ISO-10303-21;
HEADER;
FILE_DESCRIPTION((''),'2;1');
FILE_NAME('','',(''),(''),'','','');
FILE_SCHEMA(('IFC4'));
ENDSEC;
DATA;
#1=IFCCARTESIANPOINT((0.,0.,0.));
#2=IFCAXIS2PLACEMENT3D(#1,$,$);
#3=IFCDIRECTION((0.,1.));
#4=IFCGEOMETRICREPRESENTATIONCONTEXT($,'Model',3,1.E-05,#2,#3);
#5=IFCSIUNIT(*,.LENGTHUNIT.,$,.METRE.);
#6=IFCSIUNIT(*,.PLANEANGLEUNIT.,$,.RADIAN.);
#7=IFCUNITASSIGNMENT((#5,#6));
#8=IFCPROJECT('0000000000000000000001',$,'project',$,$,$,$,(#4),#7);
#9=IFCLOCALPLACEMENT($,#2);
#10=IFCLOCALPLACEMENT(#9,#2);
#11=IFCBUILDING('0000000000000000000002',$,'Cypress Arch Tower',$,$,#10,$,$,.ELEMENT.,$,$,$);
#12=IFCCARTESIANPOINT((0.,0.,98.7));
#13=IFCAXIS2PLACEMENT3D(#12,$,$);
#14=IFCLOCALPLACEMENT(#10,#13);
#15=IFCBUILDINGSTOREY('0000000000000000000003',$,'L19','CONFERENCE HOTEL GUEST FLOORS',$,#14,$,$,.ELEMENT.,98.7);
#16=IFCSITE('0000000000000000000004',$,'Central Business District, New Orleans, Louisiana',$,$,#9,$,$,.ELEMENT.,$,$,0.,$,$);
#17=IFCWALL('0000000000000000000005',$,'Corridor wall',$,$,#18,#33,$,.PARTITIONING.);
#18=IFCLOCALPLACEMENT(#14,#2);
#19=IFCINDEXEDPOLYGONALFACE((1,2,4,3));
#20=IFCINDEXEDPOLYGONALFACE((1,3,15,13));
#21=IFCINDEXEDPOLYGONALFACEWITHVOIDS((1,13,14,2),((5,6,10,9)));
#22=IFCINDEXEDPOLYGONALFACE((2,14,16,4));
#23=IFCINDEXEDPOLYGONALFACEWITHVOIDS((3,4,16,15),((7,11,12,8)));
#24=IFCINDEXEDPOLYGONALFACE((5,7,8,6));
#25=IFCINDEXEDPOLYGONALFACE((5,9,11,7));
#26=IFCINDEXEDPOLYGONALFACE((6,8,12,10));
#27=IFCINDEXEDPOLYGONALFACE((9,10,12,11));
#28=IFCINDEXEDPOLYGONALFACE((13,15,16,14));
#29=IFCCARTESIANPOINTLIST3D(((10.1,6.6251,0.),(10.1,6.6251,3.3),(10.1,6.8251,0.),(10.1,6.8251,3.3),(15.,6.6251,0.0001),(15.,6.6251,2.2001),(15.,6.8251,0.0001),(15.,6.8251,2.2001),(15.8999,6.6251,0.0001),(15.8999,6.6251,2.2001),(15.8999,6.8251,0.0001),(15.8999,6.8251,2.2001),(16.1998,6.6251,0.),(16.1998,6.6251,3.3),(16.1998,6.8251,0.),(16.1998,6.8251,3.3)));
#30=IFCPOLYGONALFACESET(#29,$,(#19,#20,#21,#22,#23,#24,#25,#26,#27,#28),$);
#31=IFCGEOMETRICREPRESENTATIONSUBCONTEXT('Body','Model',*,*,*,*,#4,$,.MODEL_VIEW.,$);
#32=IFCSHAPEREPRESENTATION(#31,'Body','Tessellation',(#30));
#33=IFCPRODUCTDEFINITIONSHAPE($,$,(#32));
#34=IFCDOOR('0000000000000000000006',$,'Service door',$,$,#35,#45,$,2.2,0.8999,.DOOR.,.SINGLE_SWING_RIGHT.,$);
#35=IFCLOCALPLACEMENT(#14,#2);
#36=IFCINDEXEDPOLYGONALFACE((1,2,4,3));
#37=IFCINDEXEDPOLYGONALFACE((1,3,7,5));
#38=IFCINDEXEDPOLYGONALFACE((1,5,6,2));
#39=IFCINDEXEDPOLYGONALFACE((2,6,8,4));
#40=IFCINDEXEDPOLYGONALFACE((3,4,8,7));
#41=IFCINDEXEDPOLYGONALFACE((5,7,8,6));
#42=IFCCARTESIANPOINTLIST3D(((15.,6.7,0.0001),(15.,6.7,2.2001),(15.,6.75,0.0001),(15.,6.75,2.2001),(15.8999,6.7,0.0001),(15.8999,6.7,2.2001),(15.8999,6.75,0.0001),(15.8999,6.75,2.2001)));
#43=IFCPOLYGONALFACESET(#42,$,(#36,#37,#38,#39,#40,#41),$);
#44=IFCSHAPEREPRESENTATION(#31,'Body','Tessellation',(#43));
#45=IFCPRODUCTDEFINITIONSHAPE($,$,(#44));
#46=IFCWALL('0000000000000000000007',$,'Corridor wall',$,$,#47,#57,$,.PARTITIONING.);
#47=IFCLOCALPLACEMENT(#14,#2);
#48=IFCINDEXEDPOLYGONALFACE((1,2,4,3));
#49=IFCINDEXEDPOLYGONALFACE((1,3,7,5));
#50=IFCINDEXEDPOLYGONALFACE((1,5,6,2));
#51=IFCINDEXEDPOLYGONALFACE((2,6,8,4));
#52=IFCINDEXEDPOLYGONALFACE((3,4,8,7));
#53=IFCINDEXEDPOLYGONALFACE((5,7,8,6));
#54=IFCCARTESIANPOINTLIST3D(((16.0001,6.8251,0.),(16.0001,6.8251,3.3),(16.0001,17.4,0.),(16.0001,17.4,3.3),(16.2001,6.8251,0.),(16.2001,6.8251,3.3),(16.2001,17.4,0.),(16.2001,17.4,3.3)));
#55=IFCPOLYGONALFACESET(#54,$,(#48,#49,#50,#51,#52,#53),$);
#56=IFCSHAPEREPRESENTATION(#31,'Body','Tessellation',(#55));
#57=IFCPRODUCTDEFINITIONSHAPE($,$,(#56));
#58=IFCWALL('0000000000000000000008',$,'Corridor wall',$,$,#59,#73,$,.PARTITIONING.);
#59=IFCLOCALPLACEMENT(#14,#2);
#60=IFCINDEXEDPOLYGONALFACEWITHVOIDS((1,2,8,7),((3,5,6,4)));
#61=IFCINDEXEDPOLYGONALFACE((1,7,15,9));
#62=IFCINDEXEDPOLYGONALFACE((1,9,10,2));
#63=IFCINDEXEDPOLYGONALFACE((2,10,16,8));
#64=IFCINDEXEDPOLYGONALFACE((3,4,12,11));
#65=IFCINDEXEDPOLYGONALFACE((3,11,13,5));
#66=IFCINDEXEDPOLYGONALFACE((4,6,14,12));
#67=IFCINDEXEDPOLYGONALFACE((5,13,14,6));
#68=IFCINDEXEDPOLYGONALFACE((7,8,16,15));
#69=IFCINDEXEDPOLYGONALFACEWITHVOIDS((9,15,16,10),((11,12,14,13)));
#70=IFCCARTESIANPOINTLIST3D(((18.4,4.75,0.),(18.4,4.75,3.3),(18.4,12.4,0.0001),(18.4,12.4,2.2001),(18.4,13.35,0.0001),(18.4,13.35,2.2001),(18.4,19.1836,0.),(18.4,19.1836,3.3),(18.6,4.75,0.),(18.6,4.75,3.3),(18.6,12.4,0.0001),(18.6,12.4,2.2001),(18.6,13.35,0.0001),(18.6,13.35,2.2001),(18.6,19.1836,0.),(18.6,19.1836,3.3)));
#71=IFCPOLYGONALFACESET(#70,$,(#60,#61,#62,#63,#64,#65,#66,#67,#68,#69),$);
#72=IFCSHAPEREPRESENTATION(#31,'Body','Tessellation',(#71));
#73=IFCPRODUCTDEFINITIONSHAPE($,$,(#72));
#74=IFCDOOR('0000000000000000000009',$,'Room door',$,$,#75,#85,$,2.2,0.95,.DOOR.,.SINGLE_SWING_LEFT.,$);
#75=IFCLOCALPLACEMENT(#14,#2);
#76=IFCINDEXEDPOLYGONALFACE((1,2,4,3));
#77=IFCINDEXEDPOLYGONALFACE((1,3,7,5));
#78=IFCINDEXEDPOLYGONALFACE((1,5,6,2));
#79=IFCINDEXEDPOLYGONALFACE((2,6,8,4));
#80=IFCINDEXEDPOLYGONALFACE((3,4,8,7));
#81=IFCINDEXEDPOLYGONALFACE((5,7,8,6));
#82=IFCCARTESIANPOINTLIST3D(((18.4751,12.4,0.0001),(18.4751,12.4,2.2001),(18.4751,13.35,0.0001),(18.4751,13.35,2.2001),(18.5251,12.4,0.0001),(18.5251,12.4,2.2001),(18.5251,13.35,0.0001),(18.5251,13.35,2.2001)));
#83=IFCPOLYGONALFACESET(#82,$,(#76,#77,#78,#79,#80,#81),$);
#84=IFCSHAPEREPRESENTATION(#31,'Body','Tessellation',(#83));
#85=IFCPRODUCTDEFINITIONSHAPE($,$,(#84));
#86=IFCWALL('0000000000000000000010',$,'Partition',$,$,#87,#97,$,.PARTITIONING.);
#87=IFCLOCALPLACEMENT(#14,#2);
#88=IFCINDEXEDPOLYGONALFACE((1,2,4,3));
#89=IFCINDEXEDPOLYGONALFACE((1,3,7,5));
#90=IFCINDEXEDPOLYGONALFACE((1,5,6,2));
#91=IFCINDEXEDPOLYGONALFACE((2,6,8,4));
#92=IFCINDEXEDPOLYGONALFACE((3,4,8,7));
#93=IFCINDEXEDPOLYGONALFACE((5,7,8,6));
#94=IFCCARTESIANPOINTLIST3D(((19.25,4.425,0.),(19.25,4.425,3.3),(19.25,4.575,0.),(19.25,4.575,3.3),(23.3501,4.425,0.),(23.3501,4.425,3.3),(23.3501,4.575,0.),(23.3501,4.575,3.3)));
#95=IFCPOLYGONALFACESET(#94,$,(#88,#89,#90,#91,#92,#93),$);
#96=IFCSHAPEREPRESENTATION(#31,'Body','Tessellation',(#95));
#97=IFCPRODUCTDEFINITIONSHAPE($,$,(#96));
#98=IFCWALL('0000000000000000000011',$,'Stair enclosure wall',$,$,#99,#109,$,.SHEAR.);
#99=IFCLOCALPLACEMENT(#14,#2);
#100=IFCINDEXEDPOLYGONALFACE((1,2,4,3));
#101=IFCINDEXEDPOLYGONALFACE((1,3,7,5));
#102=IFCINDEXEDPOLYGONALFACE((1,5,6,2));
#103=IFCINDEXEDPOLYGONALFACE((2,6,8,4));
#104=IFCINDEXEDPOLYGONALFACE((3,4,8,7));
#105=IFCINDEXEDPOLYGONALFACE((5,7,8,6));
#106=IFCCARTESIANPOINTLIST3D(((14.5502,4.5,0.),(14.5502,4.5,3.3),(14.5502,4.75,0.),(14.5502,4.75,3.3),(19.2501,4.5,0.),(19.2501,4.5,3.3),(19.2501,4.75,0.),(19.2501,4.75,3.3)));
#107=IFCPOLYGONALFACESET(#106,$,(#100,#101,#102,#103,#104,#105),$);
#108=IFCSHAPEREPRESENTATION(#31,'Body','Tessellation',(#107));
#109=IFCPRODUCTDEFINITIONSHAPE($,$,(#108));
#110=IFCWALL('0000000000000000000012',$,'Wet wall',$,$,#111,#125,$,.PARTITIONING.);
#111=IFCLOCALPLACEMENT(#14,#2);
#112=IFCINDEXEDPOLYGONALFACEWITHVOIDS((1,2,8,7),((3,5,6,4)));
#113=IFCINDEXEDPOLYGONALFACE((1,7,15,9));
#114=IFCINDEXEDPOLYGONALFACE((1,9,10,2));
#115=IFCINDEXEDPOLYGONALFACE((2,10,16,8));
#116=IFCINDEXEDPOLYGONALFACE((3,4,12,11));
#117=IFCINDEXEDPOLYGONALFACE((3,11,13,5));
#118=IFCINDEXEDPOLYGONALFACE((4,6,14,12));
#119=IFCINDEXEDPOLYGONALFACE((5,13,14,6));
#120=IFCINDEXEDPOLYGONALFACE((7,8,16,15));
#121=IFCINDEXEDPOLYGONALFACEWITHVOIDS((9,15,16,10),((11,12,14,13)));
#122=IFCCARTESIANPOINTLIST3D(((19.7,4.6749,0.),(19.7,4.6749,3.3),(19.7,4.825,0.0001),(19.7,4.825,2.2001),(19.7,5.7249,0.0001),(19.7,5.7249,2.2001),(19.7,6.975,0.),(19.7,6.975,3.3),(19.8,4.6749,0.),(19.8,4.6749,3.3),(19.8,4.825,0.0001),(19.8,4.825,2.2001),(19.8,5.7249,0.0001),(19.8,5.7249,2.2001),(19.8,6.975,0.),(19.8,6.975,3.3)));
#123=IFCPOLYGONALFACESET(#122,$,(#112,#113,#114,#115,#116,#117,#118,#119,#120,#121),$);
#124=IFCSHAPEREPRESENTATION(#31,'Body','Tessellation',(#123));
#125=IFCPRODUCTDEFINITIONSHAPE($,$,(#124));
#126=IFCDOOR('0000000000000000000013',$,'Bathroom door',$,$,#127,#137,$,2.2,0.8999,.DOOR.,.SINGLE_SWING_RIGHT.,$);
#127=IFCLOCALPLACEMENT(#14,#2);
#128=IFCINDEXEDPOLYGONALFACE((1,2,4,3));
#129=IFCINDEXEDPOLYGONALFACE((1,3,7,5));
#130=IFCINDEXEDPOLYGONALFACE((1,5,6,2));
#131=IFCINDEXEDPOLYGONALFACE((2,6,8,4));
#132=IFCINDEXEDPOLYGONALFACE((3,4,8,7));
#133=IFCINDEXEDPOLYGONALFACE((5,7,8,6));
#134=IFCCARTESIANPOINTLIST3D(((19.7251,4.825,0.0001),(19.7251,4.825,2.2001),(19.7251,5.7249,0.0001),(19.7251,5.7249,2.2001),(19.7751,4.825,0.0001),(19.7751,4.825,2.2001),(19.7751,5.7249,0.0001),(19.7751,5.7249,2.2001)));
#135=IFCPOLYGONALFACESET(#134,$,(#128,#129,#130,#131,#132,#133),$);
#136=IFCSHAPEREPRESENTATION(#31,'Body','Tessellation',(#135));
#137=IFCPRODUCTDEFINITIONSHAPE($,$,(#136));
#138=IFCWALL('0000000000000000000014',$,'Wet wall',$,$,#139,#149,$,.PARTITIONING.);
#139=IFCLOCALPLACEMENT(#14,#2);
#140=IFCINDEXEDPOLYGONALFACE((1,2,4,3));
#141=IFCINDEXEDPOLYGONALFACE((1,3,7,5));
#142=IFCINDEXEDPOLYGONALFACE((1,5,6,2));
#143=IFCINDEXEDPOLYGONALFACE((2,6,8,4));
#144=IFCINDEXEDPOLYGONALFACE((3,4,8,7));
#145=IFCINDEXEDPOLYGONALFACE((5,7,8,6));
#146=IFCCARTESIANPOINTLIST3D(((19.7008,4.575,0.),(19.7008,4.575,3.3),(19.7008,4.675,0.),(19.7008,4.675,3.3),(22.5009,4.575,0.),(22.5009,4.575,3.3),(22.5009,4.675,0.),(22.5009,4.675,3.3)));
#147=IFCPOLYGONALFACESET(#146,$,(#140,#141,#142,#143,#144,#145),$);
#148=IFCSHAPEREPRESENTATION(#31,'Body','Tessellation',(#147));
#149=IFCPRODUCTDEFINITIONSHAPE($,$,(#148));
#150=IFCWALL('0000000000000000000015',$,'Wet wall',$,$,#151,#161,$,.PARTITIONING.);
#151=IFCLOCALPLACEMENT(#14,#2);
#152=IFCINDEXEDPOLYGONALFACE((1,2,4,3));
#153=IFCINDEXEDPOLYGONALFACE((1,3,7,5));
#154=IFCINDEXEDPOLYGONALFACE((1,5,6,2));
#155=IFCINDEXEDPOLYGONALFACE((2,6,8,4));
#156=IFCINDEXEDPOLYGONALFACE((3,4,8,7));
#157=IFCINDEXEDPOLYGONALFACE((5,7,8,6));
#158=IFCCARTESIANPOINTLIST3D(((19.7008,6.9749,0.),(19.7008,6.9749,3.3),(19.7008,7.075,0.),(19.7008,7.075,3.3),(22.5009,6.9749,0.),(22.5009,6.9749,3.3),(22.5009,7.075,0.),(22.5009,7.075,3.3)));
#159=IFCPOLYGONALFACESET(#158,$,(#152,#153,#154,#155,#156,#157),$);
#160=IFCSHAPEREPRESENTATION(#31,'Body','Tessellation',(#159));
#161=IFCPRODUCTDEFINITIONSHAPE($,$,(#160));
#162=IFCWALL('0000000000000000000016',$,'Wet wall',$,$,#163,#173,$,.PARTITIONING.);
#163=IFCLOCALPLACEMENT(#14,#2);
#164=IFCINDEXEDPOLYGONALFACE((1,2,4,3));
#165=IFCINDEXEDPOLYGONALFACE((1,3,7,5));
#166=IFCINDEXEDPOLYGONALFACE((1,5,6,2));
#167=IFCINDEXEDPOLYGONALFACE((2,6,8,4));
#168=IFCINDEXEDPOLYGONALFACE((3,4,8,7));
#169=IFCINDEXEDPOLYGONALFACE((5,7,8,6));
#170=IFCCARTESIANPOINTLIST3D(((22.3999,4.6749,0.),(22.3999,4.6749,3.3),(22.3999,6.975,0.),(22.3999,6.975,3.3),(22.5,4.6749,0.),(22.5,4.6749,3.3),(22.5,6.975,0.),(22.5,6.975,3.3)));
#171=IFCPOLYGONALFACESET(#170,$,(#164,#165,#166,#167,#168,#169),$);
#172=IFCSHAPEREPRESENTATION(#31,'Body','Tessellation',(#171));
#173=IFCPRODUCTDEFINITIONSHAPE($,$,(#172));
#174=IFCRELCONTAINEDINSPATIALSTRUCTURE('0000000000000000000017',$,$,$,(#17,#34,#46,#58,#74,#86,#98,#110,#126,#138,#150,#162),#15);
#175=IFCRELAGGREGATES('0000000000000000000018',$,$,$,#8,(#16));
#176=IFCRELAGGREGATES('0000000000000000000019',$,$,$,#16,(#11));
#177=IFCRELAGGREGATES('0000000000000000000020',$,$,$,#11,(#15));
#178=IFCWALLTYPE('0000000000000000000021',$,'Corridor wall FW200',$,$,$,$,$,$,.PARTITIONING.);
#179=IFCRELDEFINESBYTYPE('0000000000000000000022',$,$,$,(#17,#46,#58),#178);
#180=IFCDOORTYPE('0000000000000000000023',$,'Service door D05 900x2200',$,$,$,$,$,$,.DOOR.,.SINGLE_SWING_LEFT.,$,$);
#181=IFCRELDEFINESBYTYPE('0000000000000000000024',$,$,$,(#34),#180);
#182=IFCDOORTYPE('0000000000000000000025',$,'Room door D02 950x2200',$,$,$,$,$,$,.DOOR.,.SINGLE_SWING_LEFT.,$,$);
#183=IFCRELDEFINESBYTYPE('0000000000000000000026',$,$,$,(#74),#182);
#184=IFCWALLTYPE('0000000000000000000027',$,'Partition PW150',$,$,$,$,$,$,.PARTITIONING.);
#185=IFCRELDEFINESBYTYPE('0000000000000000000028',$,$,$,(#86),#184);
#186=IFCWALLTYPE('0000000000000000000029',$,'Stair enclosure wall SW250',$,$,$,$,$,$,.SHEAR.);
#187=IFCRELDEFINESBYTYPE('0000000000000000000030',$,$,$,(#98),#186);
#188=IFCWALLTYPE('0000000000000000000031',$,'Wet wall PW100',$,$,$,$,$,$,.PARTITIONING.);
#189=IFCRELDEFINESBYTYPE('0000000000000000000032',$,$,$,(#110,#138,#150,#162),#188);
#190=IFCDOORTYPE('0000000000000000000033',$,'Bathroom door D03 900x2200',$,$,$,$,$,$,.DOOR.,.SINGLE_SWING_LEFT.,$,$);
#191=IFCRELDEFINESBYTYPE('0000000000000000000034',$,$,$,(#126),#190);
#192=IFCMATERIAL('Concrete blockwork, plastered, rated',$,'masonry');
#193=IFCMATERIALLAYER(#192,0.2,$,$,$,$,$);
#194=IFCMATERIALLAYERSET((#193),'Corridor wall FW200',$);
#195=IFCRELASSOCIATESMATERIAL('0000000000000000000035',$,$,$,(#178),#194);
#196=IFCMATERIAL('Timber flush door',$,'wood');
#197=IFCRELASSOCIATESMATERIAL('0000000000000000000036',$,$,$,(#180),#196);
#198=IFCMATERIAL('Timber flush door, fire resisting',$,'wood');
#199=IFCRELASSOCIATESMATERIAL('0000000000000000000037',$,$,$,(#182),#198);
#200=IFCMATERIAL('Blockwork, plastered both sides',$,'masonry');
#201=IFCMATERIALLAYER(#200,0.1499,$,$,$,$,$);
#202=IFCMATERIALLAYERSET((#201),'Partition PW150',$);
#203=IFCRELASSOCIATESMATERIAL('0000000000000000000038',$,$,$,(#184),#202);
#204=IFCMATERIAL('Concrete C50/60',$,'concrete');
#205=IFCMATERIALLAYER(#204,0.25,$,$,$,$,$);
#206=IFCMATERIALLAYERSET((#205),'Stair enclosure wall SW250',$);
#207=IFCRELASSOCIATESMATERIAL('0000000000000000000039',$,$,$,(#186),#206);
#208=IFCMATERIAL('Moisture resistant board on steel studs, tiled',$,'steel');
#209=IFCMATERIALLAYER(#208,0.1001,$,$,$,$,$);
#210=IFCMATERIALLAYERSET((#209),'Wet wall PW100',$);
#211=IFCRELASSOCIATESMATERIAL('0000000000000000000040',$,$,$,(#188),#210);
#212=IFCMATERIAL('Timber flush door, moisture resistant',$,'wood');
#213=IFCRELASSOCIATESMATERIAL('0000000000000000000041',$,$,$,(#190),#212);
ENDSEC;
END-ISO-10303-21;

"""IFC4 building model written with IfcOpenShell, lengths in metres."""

from ifc_helpers import new_model, si_unit, direction, frame, frame_2d, origin, place, context, subcontext, project, spatial, rectangle, extrude, material, layer, layer_set, type_object, element, fill, save


model = new_model("IFC4")

# Units and contexts
model_context = context("Model", 3, precision=1e-05, world=origin(), true_north=direction((0.0, 1.0)))
body_context = subcontext(model_context, "Body", "Model", "MODEL_VIEW")
ifc_project = project(units=[si_unit("LENGTHUNIT", "METRE"), si_unit("PLANEANGLEUNIT", "RADIAN")], contexts=[model_context])

# Site, building, storey
site_placement = place(None, origin())
site = spatial("IfcSite", under=ifc_project, at=site_placement, Name="Central Business District, New Orleans, Louisiana", CompositionType="ELEMENT", RefElevation=0.0)
building_placement = place(site_placement, origin())
building = spatial("IfcBuilding", under=site, at=building_placement, Name="Cypress Arch Tower", CompositionType="ELEMENT")
storey_placement = place(building_placement, frame((0.0, 0.0, 98.7)))
storey = spatial("IfcBuildingStorey", under=building, at=storey_placement, Name="L19", Description="CONFERENCE HOTEL GUEST FLOORS", CompositionType="ELEMENT", Elevation=98.7)

# Wall, opening, door
ifc_material_1 = material(Name="Concrete blockwork, plastered, rated", Category="masonry")
ifc_layer_1 = layer(ifc_material_1, 0.2)
ifc_layer_set_1 = layer_set([ifc_layer_1], Name="Corridor wall FW200")
wall_type_1 = type_object("IfcWallType", Name="Corridor wall FW200", PredefinedType="PARTITIONING", material=ifc_layer_set_1)
wall_1_placement = place(storey_placement, frame((10.1001, 6.7251, 0.0), z_axis=(0.0, 0.0, 1.0), x_axis=(1.0, 0.0, 0.0)))
wall_1 = element("IfcWall", 1, at=wall_1_placement, inside=storey, type_object=wall_type_1, Name="Corridor wall", PredefinedType="PARTITIONING", context=body_context, shape_type="SweptSolid", body=[
    extrude(rectangle(XDim=6.0999, YDim=0.2, at=frame_2d((3.0498, 0.0))), origin(), (0.0, 0.0, 1.0), 3.3),
])
opening_1_placement = place(wall_1_placement, frame((4.8999, 0.0, 0.0)))
opening_1 = element("IfcOpeningElement", 2, at=opening_1_placement, cuts=wall_1, PredefinedType="OPENING", context=body_context, shape_type="SweptSolid", body=[
    extrude(rectangle(XDim=0.8999, YDim=2.2, at=frame_2d((0.45, 1.1001))), frame((0.0, 0.1099, 0.0), z_axis=(0.0, -1.0, 0.0), x_axis=(1.0, 0.0, 0.0)), (0.0, 0.0, 1.0), 0.22),
])
ifc_material_2 = material(Name="Timber flush door", Category="wood")
door_type_1 = type_object("IfcDoorType", Name="Service door D05 900x2200", OperationType="SINGLE_SWING_LEFT", PredefinedType="DOOR", material=ifc_material_2)
door_1_placement = place(opening_1_placement, origin())
door_1 = element("IfcDoor", 3, at=door_1_placement, inside=storey, type_object=door_type_1, Name="Service door", OperationType="SINGLE_SWING_RIGHT", OverallHeight=2.2, OverallWidth=0.8999, PredefinedType="DOOR", context=body_context, shape_type="SweptSolid", body=[
    extrude(rectangle(XDim=0.8999, YDim=2.2, at=frame_2d((0.45, 1.1001))), frame((0.0, 0.0249, 0.0), z_axis=(0.0, -1.0, 0.0), x_axis=(1.0, 0.0, 0.0)), (0.0, 0.0, 1.0), 0.05),
])
fill(opening_1, door_1)

# Wall
wall_2_placement = place(storey_placement, frame((16.1001, 6.825, 0.0), z_axis=(0.0, 0.0, 1.0), x_axis=(0.0, 1.0, 0.0)))
element("IfcWall", 4, at=wall_2_placement, inside=storey, type_object=wall_type_1, Name="Corridor wall", PredefinedType="PARTITIONING", context=body_context, shape_type="SweptSolid", body=[
    extrude(rectangle(XDim=10.575, YDim=0.2, at=frame_2d((5.2876, 0.0))), origin(), (0.0, 0.0, 1.0), 3.3),
])

# Wall, opening, door
wall_3_placement = place(storey_placement, frame((18.5, 4.75, 0.0), z_axis=(0.0, 0.0, 1.0), x_axis=(0.0, 1.0, 0.0)))
wall_3 = element("IfcWall", 5, at=wall_3_placement, inside=storey, type_object=wall_type_1, Name="Corridor wall", PredefinedType="PARTITIONING", context=body_context, shape_type="SweptSolid", body=[
    extrude(rectangle(XDim=14.4336, YDim=0.2, at=frame_2d((7.2168, 0.0))), origin(), (0.0, 0.0, 1.0), 3.3),
])
opening_2_placement = place(wall_3_placement, frame((7.6499, 0.0, 0.0)))
opening_2 = element("IfcOpeningElement", 6, at=opening_2_placement, cuts=wall_3, PredefinedType="OPENING", context=body_context, shape_type="SweptSolid", body=[
    extrude(rectangle(XDim=0.95, YDim=2.2, at=frame_2d((0.4751, 1.1001))), frame((0.0, 0.1099, 0.0), z_axis=(0.0, -1.0, 0.0), x_axis=(1.0, 0.0, 0.0)), (0.0, 0.0, 1.0), 0.22),
])
ifc_material_3 = material(Name="Timber flush door, fire resisting", Category="wood")
door_type_2 = type_object("IfcDoorType", Name="Room door D02 950x2200", OperationType="SINGLE_SWING_LEFT", PredefinedType="DOOR", material=ifc_material_3)
door_2_placement = place(opening_2_placement, origin())
door_2 = element("IfcDoor", 7, at=door_2_placement, inside=storey, type_object=door_type_2, Name="Room door", OperationType="SINGLE_SWING_LEFT", OverallHeight=2.2, OverallWidth=0.95, PredefinedType="DOOR", context=body_context, shape_type="SweptSolid", body=[
    extrude(rectangle(XDim=0.95, YDim=2.2, at=frame_2d((0.4751, 1.1001))), frame((0.0, 0.0249, 0.0), z_axis=(0.0, -1.0, 0.0), x_axis=(1.0, 0.0, 0.0)), (0.0, 0.0, 1.0), 0.05),
])
fill(opening_2, door_2)

# Walls
ifc_material_4 = material(Name="Blockwork, plastered both sides", Category="masonry")
ifc_layer_2 = layer(ifc_material_4, 0.1499)
ifc_layer_set_2 = layer_set([ifc_layer_2], Name="Partition PW150")
wall_type_2 = type_object("IfcWallType", Name="Partition PW150", PredefinedType="PARTITIONING", material=ifc_layer_set_2)
wall_4_placement = place(storey_placement, frame((19.25, 4.5, 0.0), z_axis=(0.0, 0.0, 1.0), x_axis=(1.0, 0.0, 0.0)))
element("IfcWall", 8, at=wall_4_placement, inside=storey, type_object=wall_type_2, Name="Partition", PredefinedType="PARTITIONING", context=body_context, shape_type="SweptSolid", body=[
    extrude(rectangle(XDim=4.1001, YDim=0.1499, at=frame_2d((2.05, 0.0))), origin(), (0.0, 0.0, 1.0), 3.3),
])
ifc_material_5 = material(Name="Concrete C50/60", Category="concrete")
ifc_layer_3 = layer(ifc_material_5, 0.25)
ifc_layer_set_3 = layer_set([ifc_layer_3], Name="Stair enclosure wall SW250")
wall_type_3 = type_object("IfcWallType", Name="Stair enclosure wall SW250", PredefinedType="SHEAR", material=ifc_layer_set_3)
wall_5_placement = place(storey_placement, frame((14.55, 4.625, 0.0), z_axis=(0.0, 0.0, 1.0), x_axis=(1.0, 0.0, 0.0)))
element("IfcWall", 9, at=wall_5_placement, inside=storey, type_object=wall_type_3, Name="Stair enclosure wall", PredefinedType="SHEAR", context=body_context, shape_type="SweptSolid", body=[
    extrude(rectangle(XDim=4.7, YDim=0.25, at=frame_2d((2.3501, 0.0))), origin(), (0.0, 0.0, 1.0), 3.3),
])

# Wall, opening, door
ifc_material_6 = material(Name="Moisture resistant board on steel studs, tiled", Category="steel")
ifc_layer_4 = layer(ifc_material_6, 0.1001)
ifc_layer_set_4 = layer_set([ifc_layer_4], Name="Wet wall PW100")
wall_type_4 = type_object("IfcWallType", Name="Wet wall PW100", PredefinedType="PARTITIONING", material=ifc_layer_set_4)
wall_6_placement = place(storey_placement, frame((19.75, 4.675, 0.0), z_axis=(0.0, 0.0, 1.0), x_axis=(0.0, 1.0, 0.0)))
wall_6 = element("IfcWall", 10, at=wall_6_placement, inside=storey, type_object=wall_type_4, Name="Wet wall", PredefinedType="PARTITIONING", context=body_context, shape_type="SweptSolid", body=[
    extrude(rectangle(XDim=2.3, YDim=0.1001, at=frame_2d((1.1499, 0.0))), origin(), (0.0, 0.0, 1.0), 3.3),
])
opening_3_placement = place(wall_6_placement, frame((0.1499, 0.0, 0.0)))
opening_3 = element("IfcOpeningElement", 11, at=opening_3_placement, cuts=wall_6, PredefinedType="OPENING", context=body_context, shape_type="SweptSolid", body=[
    extrude(rectangle(XDim=0.8999, YDim=2.2, at=frame_2d((0.45, 1.1001))), frame((0.0, 0.0601, 0.0), z_axis=(0.0, -1.0, 0.0), x_axis=(1.0, 0.0, 0.0)), (0.0, 0.0, 1.0), 0.1201),
])
ifc_material_7 = material(Name="Timber flush door, moisture resistant", Category="wood")
door_type_3 = type_object("IfcDoorType", Name="Bathroom door D03 900x2200", OperationType="SINGLE_SWING_LEFT", PredefinedType="DOOR", material=ifc_material_7)
door_3_placement = place(opening_3_placement, origin())
door_3 = element("IfcDoor", 12, at=door_3_placement, inside=storey, type_object=door_type_3, Name="Bathroom door", OperationType="SINGLE_SWING_RIGHT", OverallHeight=2.2, OverallWidth=0.8999, PredefinedType="DOOR", context=body_context, shape_type="SweptSolid", body=[
    extrude(rectangle(XDim=0.8999, YDim=2.2, at=frame_2d((0.45, 1.1001))), frame((0.0, 0.0249, 0.0), z_axis=(0.0, -1.0, 0.0), x_axis=(1.0, 0.0, 0.0)), (0.0, 0.0, 1.0), 0.05),
])
fill(opening_3, door_3)

# Walls
for number, where, z_axis, x_axis, name in (
    (13, (19.7009, 4.625, 0.0), (0.0, 0.0, 1.0), (1.0, 0.0, 0.0), "Wet wall"),
    (14, (19.7009, 7.0249, 0.0), (0.0, 0.0, 1.0), (1.0, 0.0, 0.0), "Wet wall"),
):
    element("IfcWall", number, at=place(storey_placement, frame(where, z_axis=z_axis, x_axis=x_axis)), inside=storey, type_object=wall_type_4, Name=name, PredefinedType="PARTITIONING", context=body_context, shape_type="SweptSolid", body=[
        extrude(rectangle(XDim=2.8, YDim=0.1001, at=frame_2d((1.3999, 0.0))), origin(), (0.0, 0.0, 1.0), 3.3),
    ])
wall_7_placement = place(storey_placement, frame((22.45, 4.675, 0.0), z_axis=(0.0, 0.0, 1.0), x_axis=(0.0, 1.0, 0.0)))
element("IfcWall", 15, at=wall_7_placement, inside=storey, type_object=wall_type_4, Name="Wet wall", PredefinedType="PARTITIONING", context=body_context, shape_type="SweptSolid", body=[
    extrude(rectangle(XDim=2.3, YDim=0.1001, at=frame_2d((1.1499, 0.0))), origin(), (0.0, 0.0, 1.0), 3.3),
])

save(model, "model.ifc")
